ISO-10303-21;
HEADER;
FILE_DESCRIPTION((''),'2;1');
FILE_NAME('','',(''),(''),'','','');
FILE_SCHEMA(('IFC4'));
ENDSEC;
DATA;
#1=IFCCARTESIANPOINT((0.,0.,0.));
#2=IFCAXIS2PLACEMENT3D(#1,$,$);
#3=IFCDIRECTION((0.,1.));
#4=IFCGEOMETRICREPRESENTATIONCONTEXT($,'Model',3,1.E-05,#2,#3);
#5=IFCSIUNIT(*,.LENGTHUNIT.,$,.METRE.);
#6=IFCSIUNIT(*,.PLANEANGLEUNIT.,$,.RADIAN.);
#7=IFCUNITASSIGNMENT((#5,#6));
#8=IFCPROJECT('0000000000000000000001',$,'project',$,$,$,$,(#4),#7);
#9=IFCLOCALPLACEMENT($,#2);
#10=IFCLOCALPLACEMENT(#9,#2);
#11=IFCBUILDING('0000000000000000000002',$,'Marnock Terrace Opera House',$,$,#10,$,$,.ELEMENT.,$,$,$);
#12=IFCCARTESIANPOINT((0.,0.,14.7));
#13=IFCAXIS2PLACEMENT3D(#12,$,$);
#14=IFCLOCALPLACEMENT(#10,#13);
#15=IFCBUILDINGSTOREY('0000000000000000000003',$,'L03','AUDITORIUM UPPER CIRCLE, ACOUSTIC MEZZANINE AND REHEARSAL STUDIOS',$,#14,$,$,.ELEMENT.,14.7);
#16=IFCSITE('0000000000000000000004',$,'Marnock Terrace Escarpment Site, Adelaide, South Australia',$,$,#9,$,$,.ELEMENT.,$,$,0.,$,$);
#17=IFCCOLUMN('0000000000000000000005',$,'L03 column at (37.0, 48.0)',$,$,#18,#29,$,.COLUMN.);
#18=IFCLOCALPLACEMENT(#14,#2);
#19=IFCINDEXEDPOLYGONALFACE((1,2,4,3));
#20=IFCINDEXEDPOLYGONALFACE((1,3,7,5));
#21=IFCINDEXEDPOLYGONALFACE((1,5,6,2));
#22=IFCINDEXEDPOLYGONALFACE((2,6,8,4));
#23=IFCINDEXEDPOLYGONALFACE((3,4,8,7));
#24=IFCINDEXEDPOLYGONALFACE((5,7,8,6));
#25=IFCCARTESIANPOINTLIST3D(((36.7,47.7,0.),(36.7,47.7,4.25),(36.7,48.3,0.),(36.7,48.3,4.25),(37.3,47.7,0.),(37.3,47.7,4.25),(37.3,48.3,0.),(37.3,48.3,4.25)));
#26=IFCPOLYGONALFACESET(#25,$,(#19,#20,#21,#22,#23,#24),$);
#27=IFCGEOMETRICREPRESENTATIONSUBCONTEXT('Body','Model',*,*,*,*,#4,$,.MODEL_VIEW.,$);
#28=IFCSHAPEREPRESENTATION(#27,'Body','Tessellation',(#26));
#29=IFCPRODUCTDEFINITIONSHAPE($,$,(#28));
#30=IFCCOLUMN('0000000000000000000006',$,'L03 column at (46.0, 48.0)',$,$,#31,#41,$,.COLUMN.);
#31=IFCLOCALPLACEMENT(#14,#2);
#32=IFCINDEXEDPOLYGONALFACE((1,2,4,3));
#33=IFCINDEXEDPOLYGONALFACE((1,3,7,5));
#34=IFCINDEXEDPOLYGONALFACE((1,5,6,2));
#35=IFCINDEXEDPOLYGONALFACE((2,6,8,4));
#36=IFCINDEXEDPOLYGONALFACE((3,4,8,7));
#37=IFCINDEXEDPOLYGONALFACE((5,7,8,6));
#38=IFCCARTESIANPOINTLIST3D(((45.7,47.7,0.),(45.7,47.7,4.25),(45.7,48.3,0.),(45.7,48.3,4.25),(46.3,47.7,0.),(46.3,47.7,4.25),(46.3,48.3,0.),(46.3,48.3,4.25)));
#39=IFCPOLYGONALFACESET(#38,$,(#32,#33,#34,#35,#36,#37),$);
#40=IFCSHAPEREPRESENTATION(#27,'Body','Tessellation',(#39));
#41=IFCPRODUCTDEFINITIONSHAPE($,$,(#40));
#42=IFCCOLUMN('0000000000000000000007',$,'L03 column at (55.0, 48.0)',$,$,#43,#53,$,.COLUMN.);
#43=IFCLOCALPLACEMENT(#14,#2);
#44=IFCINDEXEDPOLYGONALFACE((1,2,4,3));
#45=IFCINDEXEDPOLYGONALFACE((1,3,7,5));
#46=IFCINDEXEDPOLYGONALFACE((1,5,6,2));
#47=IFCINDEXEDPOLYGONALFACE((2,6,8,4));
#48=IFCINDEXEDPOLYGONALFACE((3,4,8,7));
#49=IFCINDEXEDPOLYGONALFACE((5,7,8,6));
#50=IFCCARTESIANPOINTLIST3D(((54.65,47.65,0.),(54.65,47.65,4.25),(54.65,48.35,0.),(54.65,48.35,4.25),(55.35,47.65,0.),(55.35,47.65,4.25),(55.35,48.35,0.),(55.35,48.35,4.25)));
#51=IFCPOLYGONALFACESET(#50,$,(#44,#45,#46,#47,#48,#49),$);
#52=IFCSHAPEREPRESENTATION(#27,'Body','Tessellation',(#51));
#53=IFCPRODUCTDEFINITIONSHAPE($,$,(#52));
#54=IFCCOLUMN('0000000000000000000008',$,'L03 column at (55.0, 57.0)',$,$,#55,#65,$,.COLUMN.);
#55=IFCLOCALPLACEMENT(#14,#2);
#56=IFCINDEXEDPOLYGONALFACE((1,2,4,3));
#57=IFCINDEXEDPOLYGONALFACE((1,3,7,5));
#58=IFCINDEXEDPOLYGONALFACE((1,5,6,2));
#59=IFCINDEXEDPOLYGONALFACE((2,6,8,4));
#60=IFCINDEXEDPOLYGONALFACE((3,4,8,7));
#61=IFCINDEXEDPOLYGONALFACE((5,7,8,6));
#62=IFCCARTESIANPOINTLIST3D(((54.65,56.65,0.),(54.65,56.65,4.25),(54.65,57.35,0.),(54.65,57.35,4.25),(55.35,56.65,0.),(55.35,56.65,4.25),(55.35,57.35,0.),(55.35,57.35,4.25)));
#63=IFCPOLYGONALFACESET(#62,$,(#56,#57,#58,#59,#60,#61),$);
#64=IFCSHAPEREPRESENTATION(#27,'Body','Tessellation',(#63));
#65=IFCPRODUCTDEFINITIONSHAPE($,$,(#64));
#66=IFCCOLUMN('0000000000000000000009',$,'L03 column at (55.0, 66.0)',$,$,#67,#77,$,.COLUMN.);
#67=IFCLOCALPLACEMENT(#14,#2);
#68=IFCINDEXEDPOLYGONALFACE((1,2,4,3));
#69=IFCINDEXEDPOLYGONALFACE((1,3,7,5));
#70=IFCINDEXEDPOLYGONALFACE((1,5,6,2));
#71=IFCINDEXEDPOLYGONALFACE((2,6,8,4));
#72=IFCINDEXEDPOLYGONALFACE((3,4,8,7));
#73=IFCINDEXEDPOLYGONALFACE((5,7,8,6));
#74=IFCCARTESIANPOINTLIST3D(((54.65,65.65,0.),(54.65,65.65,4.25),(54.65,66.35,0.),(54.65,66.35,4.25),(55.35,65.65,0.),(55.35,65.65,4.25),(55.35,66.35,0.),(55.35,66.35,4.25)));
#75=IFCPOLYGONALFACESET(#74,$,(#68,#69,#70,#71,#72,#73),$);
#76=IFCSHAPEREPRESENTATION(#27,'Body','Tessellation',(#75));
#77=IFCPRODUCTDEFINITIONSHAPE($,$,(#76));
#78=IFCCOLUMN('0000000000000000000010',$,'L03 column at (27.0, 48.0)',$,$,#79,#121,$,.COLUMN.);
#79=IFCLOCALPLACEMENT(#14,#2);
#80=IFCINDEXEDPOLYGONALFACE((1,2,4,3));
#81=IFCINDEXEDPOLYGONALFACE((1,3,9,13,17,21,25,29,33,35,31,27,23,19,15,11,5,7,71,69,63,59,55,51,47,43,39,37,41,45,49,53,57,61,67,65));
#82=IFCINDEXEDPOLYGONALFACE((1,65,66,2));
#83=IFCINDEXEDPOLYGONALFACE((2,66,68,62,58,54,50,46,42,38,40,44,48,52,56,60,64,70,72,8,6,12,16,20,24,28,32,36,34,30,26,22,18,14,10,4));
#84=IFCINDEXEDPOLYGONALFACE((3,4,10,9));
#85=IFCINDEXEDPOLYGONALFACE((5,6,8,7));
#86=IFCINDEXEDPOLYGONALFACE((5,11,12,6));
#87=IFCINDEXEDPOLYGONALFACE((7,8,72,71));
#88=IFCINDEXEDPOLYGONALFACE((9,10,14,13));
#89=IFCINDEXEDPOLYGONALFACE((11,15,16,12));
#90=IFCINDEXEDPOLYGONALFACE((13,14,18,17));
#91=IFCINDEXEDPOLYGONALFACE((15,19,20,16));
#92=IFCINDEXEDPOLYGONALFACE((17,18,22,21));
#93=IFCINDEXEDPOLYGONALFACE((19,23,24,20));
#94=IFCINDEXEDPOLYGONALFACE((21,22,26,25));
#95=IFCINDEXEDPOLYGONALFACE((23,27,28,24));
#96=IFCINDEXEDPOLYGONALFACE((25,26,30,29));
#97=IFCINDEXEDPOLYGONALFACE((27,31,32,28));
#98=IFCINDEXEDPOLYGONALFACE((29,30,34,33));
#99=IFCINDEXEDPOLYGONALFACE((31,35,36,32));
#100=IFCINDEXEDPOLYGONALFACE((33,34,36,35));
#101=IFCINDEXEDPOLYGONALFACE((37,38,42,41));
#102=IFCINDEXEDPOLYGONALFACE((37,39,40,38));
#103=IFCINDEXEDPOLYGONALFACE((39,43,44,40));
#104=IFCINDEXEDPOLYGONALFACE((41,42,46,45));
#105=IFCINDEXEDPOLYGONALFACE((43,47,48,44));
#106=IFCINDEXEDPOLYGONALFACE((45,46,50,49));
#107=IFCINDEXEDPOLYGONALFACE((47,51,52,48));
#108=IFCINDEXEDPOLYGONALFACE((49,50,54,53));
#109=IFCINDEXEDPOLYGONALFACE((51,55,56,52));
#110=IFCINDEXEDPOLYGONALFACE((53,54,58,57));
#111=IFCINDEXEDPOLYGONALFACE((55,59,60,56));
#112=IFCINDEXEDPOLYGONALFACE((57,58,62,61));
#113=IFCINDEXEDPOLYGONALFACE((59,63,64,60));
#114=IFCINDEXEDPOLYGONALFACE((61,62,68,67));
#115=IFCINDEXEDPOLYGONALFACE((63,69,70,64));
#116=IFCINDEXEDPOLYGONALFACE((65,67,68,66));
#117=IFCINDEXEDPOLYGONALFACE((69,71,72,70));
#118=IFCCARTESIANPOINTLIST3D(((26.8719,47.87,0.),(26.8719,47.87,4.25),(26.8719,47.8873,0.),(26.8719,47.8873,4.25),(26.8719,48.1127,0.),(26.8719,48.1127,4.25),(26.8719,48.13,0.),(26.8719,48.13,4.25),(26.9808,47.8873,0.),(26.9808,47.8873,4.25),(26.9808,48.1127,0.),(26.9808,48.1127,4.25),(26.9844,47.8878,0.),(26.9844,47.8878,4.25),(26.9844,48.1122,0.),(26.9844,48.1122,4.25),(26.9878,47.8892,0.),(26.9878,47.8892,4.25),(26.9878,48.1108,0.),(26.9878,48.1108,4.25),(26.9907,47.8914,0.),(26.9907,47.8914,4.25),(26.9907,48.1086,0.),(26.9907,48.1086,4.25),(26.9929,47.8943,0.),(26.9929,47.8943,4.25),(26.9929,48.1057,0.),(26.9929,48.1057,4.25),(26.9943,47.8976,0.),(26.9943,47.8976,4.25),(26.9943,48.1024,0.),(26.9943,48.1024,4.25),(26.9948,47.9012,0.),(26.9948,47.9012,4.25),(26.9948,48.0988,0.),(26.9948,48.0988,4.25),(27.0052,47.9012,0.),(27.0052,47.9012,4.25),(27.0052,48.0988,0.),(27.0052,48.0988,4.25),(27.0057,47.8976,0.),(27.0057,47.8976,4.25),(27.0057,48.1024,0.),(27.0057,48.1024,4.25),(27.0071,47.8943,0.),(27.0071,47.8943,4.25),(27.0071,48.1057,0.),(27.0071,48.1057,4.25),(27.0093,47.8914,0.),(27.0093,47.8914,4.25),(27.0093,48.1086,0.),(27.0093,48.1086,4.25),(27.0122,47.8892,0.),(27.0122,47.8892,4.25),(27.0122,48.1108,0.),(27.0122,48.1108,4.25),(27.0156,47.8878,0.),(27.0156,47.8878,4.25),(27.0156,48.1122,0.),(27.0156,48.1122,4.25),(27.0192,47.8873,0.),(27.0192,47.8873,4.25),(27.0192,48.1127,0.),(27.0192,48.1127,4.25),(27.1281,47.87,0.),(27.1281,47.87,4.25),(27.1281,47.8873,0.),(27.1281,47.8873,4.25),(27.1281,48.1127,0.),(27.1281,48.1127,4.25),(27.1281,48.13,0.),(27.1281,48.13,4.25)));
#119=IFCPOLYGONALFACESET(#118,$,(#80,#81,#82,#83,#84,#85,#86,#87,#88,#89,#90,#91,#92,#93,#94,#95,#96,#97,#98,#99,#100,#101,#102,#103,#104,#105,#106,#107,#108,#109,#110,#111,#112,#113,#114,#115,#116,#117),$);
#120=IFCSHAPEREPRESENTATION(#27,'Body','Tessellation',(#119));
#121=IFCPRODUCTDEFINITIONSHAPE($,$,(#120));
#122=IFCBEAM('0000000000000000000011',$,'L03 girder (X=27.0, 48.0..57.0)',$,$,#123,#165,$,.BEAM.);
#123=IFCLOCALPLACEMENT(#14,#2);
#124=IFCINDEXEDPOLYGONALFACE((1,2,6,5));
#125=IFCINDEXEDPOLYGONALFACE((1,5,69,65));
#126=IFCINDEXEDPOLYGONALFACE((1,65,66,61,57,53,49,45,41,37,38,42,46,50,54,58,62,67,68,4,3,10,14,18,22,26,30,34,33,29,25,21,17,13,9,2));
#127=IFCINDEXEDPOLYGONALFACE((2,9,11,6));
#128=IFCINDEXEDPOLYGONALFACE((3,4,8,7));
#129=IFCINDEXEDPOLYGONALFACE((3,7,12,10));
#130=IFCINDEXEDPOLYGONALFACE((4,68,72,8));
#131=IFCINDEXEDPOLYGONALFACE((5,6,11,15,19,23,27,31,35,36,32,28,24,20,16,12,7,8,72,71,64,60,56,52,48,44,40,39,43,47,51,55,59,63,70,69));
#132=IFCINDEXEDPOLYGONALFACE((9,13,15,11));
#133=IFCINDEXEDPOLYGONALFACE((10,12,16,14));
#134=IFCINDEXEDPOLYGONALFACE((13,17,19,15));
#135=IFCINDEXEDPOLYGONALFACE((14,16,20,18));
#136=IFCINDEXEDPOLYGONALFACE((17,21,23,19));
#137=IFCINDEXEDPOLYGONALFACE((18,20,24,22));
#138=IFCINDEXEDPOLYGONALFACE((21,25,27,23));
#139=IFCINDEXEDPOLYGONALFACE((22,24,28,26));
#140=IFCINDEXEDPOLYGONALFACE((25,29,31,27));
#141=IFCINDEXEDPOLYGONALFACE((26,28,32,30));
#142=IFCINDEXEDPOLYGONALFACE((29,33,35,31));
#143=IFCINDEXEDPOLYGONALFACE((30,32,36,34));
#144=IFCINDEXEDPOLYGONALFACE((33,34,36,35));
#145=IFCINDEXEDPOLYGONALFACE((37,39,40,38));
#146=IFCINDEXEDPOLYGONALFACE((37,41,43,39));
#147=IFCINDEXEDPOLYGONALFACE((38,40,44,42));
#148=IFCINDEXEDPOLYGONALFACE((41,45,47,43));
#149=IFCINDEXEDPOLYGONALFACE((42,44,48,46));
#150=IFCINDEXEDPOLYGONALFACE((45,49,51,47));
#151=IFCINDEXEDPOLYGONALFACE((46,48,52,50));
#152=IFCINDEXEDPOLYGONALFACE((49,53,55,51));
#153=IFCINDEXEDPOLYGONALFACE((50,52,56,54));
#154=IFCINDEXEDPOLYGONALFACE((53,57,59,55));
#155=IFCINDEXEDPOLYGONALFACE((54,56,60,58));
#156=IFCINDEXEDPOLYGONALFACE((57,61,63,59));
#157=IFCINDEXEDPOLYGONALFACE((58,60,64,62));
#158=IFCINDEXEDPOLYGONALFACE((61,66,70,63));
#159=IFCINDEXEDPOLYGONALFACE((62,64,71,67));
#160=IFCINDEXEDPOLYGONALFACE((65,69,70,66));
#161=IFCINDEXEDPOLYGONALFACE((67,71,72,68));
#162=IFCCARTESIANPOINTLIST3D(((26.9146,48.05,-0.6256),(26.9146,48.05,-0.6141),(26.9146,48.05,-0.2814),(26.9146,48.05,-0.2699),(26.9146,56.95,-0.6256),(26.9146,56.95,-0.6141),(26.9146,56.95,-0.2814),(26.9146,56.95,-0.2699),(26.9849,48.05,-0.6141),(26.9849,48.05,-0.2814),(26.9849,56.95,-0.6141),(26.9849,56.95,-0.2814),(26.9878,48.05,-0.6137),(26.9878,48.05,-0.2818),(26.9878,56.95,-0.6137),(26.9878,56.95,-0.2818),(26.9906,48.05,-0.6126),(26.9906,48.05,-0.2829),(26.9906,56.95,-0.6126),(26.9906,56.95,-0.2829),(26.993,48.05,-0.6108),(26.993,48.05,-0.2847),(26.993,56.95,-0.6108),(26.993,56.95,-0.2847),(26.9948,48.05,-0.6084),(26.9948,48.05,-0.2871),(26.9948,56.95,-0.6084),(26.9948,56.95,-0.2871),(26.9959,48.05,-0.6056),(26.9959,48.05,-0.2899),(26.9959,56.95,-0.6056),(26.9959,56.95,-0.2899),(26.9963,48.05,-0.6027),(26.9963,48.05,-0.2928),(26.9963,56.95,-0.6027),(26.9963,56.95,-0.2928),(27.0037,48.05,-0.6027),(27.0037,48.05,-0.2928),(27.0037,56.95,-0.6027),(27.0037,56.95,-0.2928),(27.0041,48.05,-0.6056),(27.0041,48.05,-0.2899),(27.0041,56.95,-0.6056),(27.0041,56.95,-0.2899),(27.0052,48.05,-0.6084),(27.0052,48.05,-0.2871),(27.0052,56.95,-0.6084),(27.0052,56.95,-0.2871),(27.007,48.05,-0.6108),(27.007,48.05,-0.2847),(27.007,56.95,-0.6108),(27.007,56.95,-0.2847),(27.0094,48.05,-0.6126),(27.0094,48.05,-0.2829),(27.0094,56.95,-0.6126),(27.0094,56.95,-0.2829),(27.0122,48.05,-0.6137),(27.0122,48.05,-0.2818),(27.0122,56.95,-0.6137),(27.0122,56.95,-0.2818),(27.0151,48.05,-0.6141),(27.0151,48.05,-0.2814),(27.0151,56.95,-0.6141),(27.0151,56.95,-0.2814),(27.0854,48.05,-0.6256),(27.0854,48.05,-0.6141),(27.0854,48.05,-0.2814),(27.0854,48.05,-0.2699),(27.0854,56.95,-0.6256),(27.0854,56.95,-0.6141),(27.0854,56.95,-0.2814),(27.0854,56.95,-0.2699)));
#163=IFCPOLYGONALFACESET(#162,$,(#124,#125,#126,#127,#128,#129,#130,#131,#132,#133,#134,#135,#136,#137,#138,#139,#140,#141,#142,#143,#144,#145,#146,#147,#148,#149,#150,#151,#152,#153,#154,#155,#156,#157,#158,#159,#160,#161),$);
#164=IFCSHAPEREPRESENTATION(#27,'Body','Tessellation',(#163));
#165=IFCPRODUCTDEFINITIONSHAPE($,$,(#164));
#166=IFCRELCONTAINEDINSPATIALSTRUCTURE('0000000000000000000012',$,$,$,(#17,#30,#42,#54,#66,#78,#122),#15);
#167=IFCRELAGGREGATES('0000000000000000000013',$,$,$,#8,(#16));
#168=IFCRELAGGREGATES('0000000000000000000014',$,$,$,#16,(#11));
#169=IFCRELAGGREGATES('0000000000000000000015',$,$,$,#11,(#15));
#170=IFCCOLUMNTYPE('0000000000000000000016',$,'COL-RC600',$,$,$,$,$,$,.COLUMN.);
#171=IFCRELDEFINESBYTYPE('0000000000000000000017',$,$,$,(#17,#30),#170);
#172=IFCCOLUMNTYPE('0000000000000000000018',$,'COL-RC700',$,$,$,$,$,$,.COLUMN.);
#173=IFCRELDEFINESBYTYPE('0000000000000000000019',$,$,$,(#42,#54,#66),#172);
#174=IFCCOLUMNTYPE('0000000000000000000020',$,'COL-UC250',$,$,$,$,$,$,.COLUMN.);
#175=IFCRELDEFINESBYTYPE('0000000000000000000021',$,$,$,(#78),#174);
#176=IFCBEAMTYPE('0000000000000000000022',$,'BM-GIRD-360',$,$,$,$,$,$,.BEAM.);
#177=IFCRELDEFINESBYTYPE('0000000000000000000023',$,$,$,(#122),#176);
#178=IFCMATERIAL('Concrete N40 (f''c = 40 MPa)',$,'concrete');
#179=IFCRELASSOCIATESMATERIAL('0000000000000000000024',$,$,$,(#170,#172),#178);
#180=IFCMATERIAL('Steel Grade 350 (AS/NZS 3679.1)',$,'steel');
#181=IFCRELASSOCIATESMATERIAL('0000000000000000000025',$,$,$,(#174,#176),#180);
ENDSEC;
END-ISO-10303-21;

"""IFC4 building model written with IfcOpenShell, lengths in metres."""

from ifc_helpers import new_model, si_unit, direction, frame, origin, origin_2d, place, context, subcontext, project, spatial, rectangle, i_section, extrude, material, material_profile, profile_set, type_object, element, save


model = new_model("IFC4")

# Units and contexts
model_context = context("Model", 3, precision=1e-05, world=origin(), true_north=direction((0.0, 1.0)))
body_context = subcontext(model_context, "Body", "Model", "MODEL_VIEW")
ifc_project = project(units=[si_unit("LENGTHUNIT", "METRE"), si_unit("PLANEANGLEUNIT", "RADIAN")], contexts=[model_context])

# Site, building, storey
site_placement = place(None, origin())
site = spatial("IfcSite", under=ifc_project, at=site_placement, Name="Marnock Terrace Escarpment Site, Adelaide, South Australia", CompositionType="ELEMENT", RefElevation=0.0)
building_placement = place(site_placement, origin())
building = spatial("IfcBuilding", under=site, at=building_placement, Name="Marnock Terrace Opera House", CompositionType="ELEMENT")
storey_placement = place(building_placement, frame((0.0, 0.0, 14.7)))
storey = spatial("IfcBuildingStorey", under=building, at=storey_placement, Name="L03", Description="AUDITORIUM UPPER CIRCLE, ACOUSTIC MEZZANINE AND REHEARSAL STUDIOS", CompositionType="ELEMENT", Elevation=14.7)

# Columns
ifc_material_1 = material(Name="Concrete N40 (f'c = 40 MPa)", Category="concrete")
ifc_material_profile_1 = material_profile(ifc_material_1, rectangle(XDim=0.6001, YDim=0.6001, at=origin_2d()))
ifc_profile_set_1 = profile_set([ifc_material_profile_1], Name="Concrete N40 (f'c = 40 MPa)")
column_type_1 = type_object("IfcColumnType", Name="COL-RC600", PredefinedType="COLUMN", material=ifc_profile_set_1)
for number, where, z_axis, x_axis, name in (
    (1, (37.0, 48.0, 0.0), (0.0, 0.0, 1.0), (1.0, 0.0, 0.0), "L03 column at (37.0, 48.0)"),
    (2, (46.0, 48.0, 0.0), (0.0, 0.0, 1.0), (1.0, 0.0, 0.0), "L03 column at (46.0, 48.0)"),
):
    element("IfcColumn", number, at=place(storey_placement, frame(where, z_axis=z_axis, x_axis=x_axis)), inside=storey, type_object=column_type_1, Name=name, PredefinedType="COLUMN", context=body_context, shape_type="SweptSolid", body=[
        extrude(rectangle(XDim=0.6001, YDim=0.6001, at=origin_2d()), origin(), (0.0, 0.0, 1.0), 4.25),
    ])
ifc_material_profile_2 = material_profile(ifc_material_1, rectangle(XDim=0.7, YDim=0.7, at=origin_2d()))
ifc_profile_set_2 = profile_set([ifc_material_profile_2], Name="Concrete N40 (f'c = 40 MPa)")
column_type_2 = type_object("IfcColumnType", Name="COL-RC700", PredefinedType="COLUMN", material=ifc_profile_set_2)
for number, where, z_axis, x_axis, name in (
    (3, (55.0, 48.0, 0.0), (0.0, 0.0, 1.0), (1.0, 0.0, 0.0), "L03 column at (55.0, 48.0)"),
    (4, (55.0, 57.0, 0.0), (0.0, 0.0, 1.0), (1.0, 0.0, 0.0), "L03 column at (55.0, 57.0)"),
    (5, (55.0, 66.0, 0.0), (0.0, 0.0, 1.0), (1.0, 0.0, 0.0), "L03 column at (55.0, 66.0)"),
):
    element("IfcColumn", number, at=place(storey_placement, frame(where, z_axis=z_axis, x_axis=x_axis)), inside=storey, type_object=column_type_2, Name=name, PredefinedType="COLUMN", context=body_context, shape_type="SweptSolid", body=[
        extrude(rectangle(XDim=0.7, YDim=0.7, at=origin_2d()), origin(), (0.0, 0.0, 1.0), 4.25),
    ])
ifc_material_2 = material(Name="Steel Grade 350 (AS/NZS 3679.1)", Category="steel")
ifc_material_profile_3 = material_profile(ifc_material_2, i_section(OverallWidth=0.2561, OverallDepth=0.26, WebThickness=0.0105, FlangeThickness=0.0173, FilletRadius=0.0139, at=origin_2d()))
ifc_profile_set_3 = profile_set([ifc_material_profile_3], Name="Steel Grade 350 (AS/NZS 3679.1)")
column_type_3 = type_object("IfcColumnType", Name="COL-UC250", PredefinedType="COLUMN", material=ifc_profile_set_3)
column_placement = place(storey_placement, frame((27.0, 48.0, 0.0), z_axis=(0.0, 0.0, 1.0), x_axis=(1.0, 0.0, 0.0)))
element("IfcColumn", 6, at=column_placement, inside=storey, type_object=column_type_3, Name="L03 column at (27.0, 48.0)", PredefinedType="COLUMN", context=body_context, shape_type="SweptSolid", body=[
    extrude(i_section(OverallWidth=0.2561, OverallDepth=0.26, WebThickness=0.0105, FlangeThickness=0.0173, FilletRadius=0.0139, at=origin_2d()), origin(), (0.0, 0.0, 1.0), 4.25),
])

# Beam
ifc_material_profile_4 = material_profile(ifc_material_2, i_section(OverallWidth=0.1709, OverallDepth=0.3557, WebThickness=0.0073, FlangeThickness=0.0115, FilletRadius=0.0115, at=origin_2d()))
ifc_profile_set_4 = profile_set([ifc_material_profile_4], Name="Steel Grade 350 (AS/NZS 3679.1)")
beam_type_1 = type_object("IfcBeamType", Name="BM-GIRD-360", PredefinedType="BEAM", material=ifc_profile_set_4)
for number, where, z_axis, x_axis, name in (
    (7, (27.0, 48.05, -0.4478), (0.0, 1.0, 0.0), (-1.0, 0.0, 0.0), "L03 girder (X=27.0, 48.0..57.0)"),
):
    element("IfcBeam", number, at=place(storey_placement, frame(where, z_axis=z_axis, x_axis=x_axis)), inside=storey, type_object=beam_type_1, Name=name, PredefinedType="BEAM", context=body_context, shape_type="SweptSolid", body=[
        extrude(i_section(OverallWidth=0.1709, OverallDepth=0.3557, WebThickness=0.0073, FlangeThickness=0.0115, FilletRadius=0.0115, at=origin_2d()), origin(), (0.0, 0.0, 1.0), 8.8999),
    ])

save(model, "model.ifc")
